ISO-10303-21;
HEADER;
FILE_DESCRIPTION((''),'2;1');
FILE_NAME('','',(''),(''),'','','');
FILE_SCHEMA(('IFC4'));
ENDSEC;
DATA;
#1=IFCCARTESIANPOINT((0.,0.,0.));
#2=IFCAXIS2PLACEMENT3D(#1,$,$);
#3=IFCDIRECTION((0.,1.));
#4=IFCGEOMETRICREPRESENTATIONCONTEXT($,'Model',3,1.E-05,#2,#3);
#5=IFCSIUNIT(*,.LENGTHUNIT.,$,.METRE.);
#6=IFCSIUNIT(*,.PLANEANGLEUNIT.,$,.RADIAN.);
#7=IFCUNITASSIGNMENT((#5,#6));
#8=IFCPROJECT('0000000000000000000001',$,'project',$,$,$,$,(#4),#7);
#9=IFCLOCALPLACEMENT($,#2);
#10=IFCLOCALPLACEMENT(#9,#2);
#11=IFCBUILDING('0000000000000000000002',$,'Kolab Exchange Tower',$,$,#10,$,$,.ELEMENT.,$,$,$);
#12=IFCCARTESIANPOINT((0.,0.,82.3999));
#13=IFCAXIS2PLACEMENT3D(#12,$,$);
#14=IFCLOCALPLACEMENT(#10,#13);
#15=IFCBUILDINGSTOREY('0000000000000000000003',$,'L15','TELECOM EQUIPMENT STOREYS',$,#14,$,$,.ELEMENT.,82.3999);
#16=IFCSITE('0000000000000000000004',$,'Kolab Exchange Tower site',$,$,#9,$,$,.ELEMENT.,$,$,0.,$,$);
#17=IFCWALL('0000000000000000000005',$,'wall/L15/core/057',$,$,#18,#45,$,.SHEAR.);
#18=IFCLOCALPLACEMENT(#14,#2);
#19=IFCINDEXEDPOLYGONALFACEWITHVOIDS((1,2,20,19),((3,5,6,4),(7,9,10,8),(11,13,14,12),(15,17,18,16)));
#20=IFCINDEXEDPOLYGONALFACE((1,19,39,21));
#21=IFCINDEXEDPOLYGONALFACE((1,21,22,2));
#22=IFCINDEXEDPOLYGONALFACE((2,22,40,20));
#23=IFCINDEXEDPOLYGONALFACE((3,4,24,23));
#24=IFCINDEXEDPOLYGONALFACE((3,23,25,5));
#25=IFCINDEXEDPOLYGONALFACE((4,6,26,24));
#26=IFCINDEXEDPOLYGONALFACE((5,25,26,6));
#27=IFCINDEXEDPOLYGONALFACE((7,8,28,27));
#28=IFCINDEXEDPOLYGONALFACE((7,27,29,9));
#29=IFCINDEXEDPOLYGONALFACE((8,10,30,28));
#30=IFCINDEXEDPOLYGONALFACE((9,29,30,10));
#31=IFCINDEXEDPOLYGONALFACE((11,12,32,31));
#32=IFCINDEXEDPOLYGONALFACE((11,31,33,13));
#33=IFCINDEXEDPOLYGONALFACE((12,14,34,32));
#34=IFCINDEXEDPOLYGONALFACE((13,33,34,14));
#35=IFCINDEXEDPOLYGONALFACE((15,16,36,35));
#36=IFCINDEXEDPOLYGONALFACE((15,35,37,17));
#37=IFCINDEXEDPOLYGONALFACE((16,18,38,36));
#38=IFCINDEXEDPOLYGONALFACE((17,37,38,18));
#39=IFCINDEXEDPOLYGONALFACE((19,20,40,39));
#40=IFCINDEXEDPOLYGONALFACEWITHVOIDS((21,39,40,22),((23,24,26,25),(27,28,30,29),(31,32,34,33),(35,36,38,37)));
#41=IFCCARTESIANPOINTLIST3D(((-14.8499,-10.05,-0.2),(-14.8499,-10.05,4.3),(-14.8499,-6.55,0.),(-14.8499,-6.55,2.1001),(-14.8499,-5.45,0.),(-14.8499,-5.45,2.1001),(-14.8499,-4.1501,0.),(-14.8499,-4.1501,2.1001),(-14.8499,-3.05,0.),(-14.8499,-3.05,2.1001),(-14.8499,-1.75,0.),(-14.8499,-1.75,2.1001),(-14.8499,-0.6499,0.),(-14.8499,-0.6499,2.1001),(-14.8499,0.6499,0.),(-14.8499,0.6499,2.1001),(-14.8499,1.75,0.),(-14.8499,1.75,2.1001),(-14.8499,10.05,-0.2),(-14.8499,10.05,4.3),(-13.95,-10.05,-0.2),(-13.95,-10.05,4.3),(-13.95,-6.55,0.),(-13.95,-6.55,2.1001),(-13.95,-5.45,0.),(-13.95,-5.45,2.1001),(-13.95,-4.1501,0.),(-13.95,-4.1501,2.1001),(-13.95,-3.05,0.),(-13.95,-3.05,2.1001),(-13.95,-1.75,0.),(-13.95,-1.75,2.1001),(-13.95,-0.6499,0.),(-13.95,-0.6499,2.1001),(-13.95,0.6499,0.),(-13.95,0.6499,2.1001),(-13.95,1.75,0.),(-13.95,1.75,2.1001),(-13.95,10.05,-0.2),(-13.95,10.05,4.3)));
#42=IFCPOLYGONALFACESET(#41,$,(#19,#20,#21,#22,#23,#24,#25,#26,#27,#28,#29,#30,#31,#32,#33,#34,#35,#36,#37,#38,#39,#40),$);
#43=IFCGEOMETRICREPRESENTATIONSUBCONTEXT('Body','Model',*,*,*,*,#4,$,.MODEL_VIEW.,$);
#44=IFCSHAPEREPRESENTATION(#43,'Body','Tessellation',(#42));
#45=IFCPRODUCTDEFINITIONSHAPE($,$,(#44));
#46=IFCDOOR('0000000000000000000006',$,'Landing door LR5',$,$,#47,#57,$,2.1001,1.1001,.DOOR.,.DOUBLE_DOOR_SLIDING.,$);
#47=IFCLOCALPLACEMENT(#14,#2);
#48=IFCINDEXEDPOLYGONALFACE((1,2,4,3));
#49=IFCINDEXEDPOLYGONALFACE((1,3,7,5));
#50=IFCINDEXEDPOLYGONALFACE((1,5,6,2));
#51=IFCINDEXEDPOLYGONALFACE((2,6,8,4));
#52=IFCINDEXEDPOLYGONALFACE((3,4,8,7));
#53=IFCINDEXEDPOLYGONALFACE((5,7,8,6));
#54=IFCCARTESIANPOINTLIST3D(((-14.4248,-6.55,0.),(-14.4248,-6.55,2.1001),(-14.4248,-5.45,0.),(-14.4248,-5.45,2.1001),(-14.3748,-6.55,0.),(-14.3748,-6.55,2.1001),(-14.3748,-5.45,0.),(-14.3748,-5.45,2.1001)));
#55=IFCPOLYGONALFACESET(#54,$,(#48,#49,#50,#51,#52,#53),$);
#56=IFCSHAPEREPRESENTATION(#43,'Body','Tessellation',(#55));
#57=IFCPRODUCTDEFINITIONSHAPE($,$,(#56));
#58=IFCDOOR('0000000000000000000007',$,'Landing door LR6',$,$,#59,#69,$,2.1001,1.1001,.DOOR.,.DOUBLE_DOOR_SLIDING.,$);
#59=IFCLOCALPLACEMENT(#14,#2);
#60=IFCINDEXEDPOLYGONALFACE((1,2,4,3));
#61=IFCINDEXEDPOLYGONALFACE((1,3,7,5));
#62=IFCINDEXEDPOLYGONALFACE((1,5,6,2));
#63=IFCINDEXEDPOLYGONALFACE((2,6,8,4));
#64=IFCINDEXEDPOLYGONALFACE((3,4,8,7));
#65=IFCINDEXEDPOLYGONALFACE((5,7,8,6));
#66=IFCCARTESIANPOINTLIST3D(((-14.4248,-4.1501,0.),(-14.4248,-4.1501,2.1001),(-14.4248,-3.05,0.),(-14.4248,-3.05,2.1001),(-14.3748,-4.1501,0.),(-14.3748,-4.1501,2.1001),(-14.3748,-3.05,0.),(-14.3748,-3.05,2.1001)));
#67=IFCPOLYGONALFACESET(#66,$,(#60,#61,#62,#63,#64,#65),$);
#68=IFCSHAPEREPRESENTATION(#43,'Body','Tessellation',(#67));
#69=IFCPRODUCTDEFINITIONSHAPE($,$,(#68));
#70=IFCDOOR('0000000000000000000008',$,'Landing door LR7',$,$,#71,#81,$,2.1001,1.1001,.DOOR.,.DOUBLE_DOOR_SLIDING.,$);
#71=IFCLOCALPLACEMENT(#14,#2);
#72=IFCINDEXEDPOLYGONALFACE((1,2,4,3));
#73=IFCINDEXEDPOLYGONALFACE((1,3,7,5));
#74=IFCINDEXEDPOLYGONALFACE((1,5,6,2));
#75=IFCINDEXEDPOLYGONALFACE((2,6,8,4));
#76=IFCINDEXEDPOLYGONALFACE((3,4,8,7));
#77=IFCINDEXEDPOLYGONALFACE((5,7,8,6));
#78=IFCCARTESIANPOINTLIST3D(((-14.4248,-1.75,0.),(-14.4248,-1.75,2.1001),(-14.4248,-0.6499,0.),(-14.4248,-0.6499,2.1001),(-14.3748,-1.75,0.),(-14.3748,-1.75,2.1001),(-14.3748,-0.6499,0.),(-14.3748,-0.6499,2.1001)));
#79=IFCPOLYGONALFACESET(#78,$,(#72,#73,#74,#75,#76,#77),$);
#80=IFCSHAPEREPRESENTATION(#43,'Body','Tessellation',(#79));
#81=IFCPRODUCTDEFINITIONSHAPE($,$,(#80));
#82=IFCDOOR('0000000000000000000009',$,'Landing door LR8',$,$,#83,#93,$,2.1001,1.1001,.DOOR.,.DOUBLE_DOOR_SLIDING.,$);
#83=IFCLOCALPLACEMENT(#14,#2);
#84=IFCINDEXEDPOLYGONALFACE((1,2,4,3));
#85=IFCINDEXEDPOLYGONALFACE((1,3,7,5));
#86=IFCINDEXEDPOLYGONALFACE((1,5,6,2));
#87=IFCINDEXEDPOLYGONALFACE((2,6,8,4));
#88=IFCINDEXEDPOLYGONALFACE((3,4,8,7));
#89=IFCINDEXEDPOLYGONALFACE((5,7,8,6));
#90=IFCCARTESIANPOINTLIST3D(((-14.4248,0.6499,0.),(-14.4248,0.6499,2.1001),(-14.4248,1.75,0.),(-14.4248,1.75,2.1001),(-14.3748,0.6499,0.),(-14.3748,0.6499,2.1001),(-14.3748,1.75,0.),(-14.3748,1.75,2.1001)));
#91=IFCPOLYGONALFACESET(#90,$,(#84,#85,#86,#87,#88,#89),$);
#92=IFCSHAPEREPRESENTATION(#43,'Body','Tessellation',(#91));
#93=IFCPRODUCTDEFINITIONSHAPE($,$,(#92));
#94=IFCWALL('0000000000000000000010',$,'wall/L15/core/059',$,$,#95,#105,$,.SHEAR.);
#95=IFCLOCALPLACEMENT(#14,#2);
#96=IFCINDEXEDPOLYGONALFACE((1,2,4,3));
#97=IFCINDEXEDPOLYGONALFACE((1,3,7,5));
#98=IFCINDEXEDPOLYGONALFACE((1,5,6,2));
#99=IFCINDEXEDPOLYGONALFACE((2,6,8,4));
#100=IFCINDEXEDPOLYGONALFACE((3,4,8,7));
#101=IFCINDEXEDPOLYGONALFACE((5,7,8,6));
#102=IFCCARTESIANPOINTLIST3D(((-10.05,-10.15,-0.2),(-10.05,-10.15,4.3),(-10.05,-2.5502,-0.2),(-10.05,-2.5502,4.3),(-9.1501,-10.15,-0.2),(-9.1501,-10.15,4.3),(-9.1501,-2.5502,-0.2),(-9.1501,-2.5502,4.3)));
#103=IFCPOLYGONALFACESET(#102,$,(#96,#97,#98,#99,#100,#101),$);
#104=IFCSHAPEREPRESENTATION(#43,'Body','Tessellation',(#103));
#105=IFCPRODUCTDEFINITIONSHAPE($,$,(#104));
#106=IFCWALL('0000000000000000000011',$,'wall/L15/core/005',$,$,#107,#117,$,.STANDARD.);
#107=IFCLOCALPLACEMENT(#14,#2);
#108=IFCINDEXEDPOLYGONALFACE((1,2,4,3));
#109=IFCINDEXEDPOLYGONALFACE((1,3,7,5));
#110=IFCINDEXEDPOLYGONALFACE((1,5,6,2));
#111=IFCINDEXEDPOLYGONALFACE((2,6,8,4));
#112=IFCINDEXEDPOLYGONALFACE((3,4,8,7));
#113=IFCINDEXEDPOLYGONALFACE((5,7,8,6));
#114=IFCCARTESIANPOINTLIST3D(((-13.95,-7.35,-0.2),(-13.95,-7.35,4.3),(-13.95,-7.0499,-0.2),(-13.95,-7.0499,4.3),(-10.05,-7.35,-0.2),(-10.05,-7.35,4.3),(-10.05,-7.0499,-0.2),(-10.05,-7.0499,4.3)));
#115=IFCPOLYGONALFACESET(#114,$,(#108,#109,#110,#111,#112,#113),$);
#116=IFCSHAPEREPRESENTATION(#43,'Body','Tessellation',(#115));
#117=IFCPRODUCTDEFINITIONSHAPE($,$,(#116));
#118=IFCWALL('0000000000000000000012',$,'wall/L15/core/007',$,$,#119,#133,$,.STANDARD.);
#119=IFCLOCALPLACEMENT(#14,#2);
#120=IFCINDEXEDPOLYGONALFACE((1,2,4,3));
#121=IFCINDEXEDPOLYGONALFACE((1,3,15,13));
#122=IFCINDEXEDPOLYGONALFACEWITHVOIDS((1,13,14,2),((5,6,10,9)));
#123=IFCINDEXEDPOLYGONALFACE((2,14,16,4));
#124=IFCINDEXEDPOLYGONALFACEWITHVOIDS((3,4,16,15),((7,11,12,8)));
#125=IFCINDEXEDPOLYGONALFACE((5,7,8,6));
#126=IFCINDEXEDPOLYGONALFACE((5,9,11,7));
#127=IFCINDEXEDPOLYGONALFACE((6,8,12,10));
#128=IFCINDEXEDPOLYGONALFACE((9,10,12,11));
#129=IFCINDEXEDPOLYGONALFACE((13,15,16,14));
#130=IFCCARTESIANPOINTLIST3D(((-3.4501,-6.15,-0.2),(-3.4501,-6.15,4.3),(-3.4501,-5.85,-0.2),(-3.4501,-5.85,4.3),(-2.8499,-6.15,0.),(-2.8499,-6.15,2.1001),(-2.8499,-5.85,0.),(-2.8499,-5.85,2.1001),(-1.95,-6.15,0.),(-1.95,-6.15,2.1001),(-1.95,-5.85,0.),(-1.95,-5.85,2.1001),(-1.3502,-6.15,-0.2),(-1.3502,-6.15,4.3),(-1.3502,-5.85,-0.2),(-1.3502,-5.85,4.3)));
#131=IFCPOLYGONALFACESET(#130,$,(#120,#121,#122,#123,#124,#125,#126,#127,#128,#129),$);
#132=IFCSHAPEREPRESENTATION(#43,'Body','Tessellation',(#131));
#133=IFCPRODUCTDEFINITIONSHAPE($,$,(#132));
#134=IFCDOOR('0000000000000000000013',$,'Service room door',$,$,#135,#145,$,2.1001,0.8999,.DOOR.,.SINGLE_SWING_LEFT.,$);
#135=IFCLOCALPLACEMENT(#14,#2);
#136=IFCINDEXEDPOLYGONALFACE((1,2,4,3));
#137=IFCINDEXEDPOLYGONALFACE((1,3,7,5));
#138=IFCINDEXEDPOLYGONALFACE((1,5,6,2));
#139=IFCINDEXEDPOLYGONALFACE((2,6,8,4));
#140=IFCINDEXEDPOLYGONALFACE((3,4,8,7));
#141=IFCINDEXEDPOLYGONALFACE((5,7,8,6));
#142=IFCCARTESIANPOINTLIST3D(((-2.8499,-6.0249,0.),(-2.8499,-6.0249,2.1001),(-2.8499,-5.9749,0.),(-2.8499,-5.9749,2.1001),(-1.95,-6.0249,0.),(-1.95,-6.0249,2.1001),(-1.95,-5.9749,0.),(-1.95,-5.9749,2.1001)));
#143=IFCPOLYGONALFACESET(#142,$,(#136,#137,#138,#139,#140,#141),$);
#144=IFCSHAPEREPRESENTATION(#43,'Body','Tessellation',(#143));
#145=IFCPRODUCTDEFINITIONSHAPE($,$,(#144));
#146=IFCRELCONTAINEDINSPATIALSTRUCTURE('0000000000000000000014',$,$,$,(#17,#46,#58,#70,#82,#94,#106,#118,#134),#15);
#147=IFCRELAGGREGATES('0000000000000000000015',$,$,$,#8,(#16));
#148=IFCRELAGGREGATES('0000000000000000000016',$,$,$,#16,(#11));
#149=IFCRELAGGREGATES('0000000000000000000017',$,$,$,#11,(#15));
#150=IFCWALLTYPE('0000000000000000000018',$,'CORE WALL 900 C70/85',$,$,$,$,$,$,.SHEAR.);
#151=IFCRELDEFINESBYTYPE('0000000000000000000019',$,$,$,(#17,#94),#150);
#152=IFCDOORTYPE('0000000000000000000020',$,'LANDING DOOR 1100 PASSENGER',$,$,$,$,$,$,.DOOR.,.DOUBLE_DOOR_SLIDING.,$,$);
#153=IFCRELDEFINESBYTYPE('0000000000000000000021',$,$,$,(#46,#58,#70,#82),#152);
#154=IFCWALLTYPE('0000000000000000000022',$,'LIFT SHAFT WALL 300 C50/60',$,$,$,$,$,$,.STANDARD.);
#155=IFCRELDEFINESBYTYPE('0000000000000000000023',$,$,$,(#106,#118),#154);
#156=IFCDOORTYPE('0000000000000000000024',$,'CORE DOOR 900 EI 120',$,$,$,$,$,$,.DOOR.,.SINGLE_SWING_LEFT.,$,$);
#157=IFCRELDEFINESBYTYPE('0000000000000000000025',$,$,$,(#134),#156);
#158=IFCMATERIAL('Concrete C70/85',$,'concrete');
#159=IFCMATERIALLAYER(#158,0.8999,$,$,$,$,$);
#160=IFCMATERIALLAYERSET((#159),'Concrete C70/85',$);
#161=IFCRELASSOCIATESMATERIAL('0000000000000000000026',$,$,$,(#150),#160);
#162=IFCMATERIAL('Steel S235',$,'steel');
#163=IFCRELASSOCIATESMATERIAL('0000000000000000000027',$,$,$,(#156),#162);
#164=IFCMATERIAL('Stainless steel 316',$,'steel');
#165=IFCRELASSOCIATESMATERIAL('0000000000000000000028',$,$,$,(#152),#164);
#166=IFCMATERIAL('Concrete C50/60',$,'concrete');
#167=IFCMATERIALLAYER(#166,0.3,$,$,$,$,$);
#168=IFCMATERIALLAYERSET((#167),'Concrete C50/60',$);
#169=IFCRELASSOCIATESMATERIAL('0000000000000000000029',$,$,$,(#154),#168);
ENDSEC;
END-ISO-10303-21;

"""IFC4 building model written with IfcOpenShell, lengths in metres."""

from ifc_helpers import new_model, si_unit, direction, frame, frame_2d, origin, place, context, subcontext, project, spatial, rectangle, extrude, material, layer, layer_set, type_object, element, fill, save


model = new_model("IFC4")

# Units and contexts
model_context = context("Model", 3, precision=1e-05, world=origin(), true_north=direction((0.0, 1.0)))
body_context = subcontext(model_context, "Body", "Model", "MODEL_VIEW")
ifc_project = project(units=[si_unit("LENGTHUNIT", "METRE"), si_unit("PLANEANGLEUNIT", "RADIAN")], contexts=[model_context])

# Site, building, storey
site_placement = place(None, origin())
site = spatial("IfcSite", under=ifc_project, at=site_placement, Name="Kolab Exchange Tower site", CompositionType="ELEMENT", RefElevation=0.0)
building_placement = place(site_placement, origin())
building = spatial("IfcBuilding", under=site, at=building_placement, Name="Kolab Exchange Tower", CompositionType="ELEMENT")
storey_placement = place(building_placement, frame((0.0, 0.0, 82.3999)))
storey = spatial("IfcBuildingStorey", under=building, at=storey_placement, Name="L15", Description="TELECOM EQUIPMENT STOREYS", CompositionType="ELEMENT", Elevation=82.3999)

# Shared definitions
ifc_material_1 = material(Name="Concrete C70/85", Category="concrete")
ifc_layer_1 = layer(ifc_material_1, 0.8999)
ifc_layer_set_1 = layer_set([ifc_layer_1], Name="Concrete C70/85")
wall_type_1 = type_object("IfcWallType", Name="CORE WALL 900 C70/85", PredefinedType="SHEAR", material=ifc_layer_set_1)
ifc_material_2 = material(Name="Steel S235", Category="steel")
door_type_1 = type_object("IfcDoorType", Name="CORE DOOR 900 EI 120", OperationType="SINGLE_SWING_LEFT", PredefinedType="DOOR", material=ifc_material_2)

# Wall, openings, doors
wall_1_placement = place(storey_placement, frame((-14.3999, -10.05, -0.2), z_axis=(0.0, 0.0, 1.0), x_axis=(0.0, 1.0, 0.0)))
wall_1 = element("IfcWall", 1, at=wall_1_placement, inside=storey, type_object=wall_type_1, Name="wall/L15/core/057", PredefinedType="SHEAR", context=body_context, shape_type="SweptSolid", body=[
    extrude(rectangle(XDim=20.1001, YDim=0.8999, at=frame_2d((10.05, 0.0))), origin(), (0.0, 0.0, 1.0), 4.5),
])
opening_1_placement = place(wall_1_placement, frame((3.5, 0.0, 0.2)))
opening_1 = element("IfcOpeningElement", 2, at=opening_1_placement, cuts=wall_1, PredefinedType="OPENING", context=body_context, shape_type="SweptSolid", body=[
    extrude(rectangle(XDim=1.1001, YDim=2.1001, at=frame_2d((0.55, 1.05))), frame((0.0, 0.46, 0.0), z_axis=(0.0, -1.0, 0.0), x_axis=(1.0, 0.0, 0.0)), (0.0, 0.0, 1.0), 0.9199),
])
opening_2_placement = place(wall_1_placement, frame((5.8999, 0.0, 0.2)))
opening_2 = element("IfcOpeningElement", 3, at=opening_2_placement, cuts=wall_1, PredefinedType="OPENING", context=body_context, shape_type="SweptSolid", body=[
    extrude(rectangle(XDim=1.1001, YDim=2.1001, at=frame_2d((0.55, 1.05))), frame((0.0, 0.46, 0.0), z_axis=(0.0, -1.0, 0.0), x_axis=(1.0, 0.0, 0.0)), (0.0, 0.0, 1.0), 0.9199),
])
opening_3_placement = place(wall_1_placement, frame((8.3, 0.0, 0.2)))
opening_3 = element("IfcOpeningElement", 4, at=opening_3_placement, cuts=wall_1, PredefinedType="OPENING", context=body_context, shape_type="SweptSolid", body=[
    extrude(rectangle(XDim=1.1001, YDim=2.1001, at=frame_2d((0.55, 1.05))), frame((0.0, 0.46, 0.0), z_axis=(0.0, -1.0, 0.0), x_axis=(1.0, 0.0, 0.0)), (0.0, 0.0, 1.0), 0.9199),
])
opening_4_placement = place(wall_1_placement, frame((10.7, 0.0, 0.2)))
opening_4 = element("IfcOpeningElement", 5, at=opening_4_placement, cuts=wall_1, PredefinedType="OPENING", context=body_context, shape_type="SweptSolid", body=[
    extrude(rectangle(XDim=1.1001, YDim=2.1001, at=frame_2d((0.55, 1.05))), frame((0.0, 0.46, 0.0), z_axis=(0.0, -1.0, 0.0), x_axis=(1.0, 0.0, 0.0)), (0.0, 0.0, 1.0), 0.9199),
])
ifc_material_3 = material(Name="Stainless steel 316", Category="steel")
door_type_2 = type_object("IfcDoorType", Name="LANDING DOOR 1100 PASSENGER", OperationType="DOUBLE_DOOR_SLIDING", PredefinedType="DOOR", material=ifc_material_3)
door_1_placement = place(opening_1_placement, origin())
door_1 = element("IfcDoor", 6, at=door_1_placement, inside=storey, type_object=door_type_2, Name="Landing door LR5", OperationType="DOUBLE_DOOR_SLIDING", OverallHeight=2.1001, OverallWidth=1.1001, PredefinedType="DOOR", context=body_context, shape_type="SweptSolid", body=[
    extrude(rectangle(XDim=1.1001, YDim=2.1001, at=frame_2d((0.55, 1.05))), frame((0.0, 0.0249, 0.0), z_axis=(0.0, -1.0, 0.0), x_axis=(1.0, 0.0, 0.0)), (0.0, 0.0, 1.0), 0.05),
])
fill(opening_1, door_1)
door_2_placement = place(opening_2_placement, origin())
door_2 = element("IfcDoor", 7, at=door_2_placement, inside=storey, type_object=door_type_2, Name="Landing door LR6", OperationType="DOUBLE_DOOR_SLIDING", OverallHeight=2.1001, OverallWidth=1.1001, PredefinedType="DOOR", context=body_context, shape_type="SweptSolid", body=[
    extrude(rectangle(XDim=1.1001, YDim=2.1001, at=frame_2d((0.55, 1.05))), frame((0.0, 0.0249, 0.0), z_axis=(0.0, -1.0, 0.0), x_axis=(1.0, 0.0, 0.0)), (0.0, 0.0, 1.0), 0.05),
])
fill(opening_2, door_2)
door_3_placement = place(opening_3_placement, origin())
door_3 = element("IfcDoor", 8, at=door_3_placement, inside=storey, type_object=door_type_2, Name="Landing door LR7", OperationType="DOUBLE_DOOR_SLIDING", OverallHeight=2.1001, OverallWidth=1.1001, PredefinedType="DOOR", context=body_context, shape_type="SweptSolid", body=[
    extrude(rectangle(XDim=1.1001, YDim=2.1001, at=frame_2d((0.55, 1.05))), frame((0.0, 0.0249, 0.0), z_axis=(0.0, -1.0, 0.0), x_axis=(1.0, 0.0, 0.0)), (0.0, 0.0, 1.0), 0.05),
])
fill(opening_3, door_3)
door_4_placement = place(opening_4_placement, origin())
door_4 = element("IfcDoor", 9, at=door_4_placement, inside=storey, type_object=door_type_2, Name="Landing door LR8", OperationType="DOUBLE_DOOR_SLIDING", OverallHeight=2.1001, OverallWidth=1.1001, PredefinedType="DOOR", context=body_context, shape_type="SweptSolid", body=[
    extrude(rectangle(XDim=1.1001, YDim=2.1001, at=frame_2d((0.55, 1.05))), frame((0.0, 0.0249, 0.0), z_axis=(0.0, -1.0, 0.0), x_axis=(1.0, 0.0, 0.0)), (0.0, 0.0, 1.0), 0.05),
])
fill(opening_4, door_4)

# Walls
wall_2_placement = place(storey_placement, frame((-9.6001, -10.1499, -0.2), z_axis=(0.0, 0.0, 1.0), x_axis=(0.0, 1.0, 0.0)))
element("IfcWall", 10, at=wall_2_placement, inside=storey, type_object=wall_type_1, Name="wall/L15/core/059", PredefinedType="SHEAR", context=body_context, shape_type="SweptSolid", body=[
    extrude(rectangle(XDim=7.5999, YDim=0.8999, at=frame_2d((3.7998, 0.0))), origin(), (0.0, 0.0, 1.0), 4.5),
])
ifc_material_4 = material(Name="Concrete C50/60", Category="concrete")
ifc_layer_2 = layer(ifc_material_4, 0.3)
ifc_layer_set_2 = layer_set([ifc_layer_2], Name="Concrete C50/60")
wall_type_2 = type_object("IfcWallType", Name="LIFT SHAFT WALL 300 C50/60", PredefinedType="STANDARD", material=ifc_layer_set_2)
wall_3_placement = place(storey_placement, frame((-13.95, -7.2, -0.2), z_axis=(0.0, 0.0, 1.0), x_axis=(1.0, 0.0, 0.0)))
element("IfcWall", 11, at=wall_3_placement, inside=storey, type_object=wall_type_2, Name="wall/L15/core/005", PredefinedType="STANDARD", context=body_context, shape_type="SweptSolid", body=[
    extrude(rectangle(XDim=3.8999, YDim=0.3, at=frame_2d((1.95, 0.0))), origin(), (0.0, 0.0, 1.0), 4.5),
])

# Wall, opening, door
wall_4_placement = place(storey_placement, frame((-3.45, -6.0, -0.2), z_axis=(0.0, 0.0, 1.0), x_axis=(1.0, 0.0, 0.0)))
wall_4 = element("IfcWall", 12, at=wall_4_placement, inside=storey, type_object=wall_type_2, Name="wall/L15/core/007", PredefinedType="STANDARD", context=body_context, shape_type="SweptSolid", body=[
    extrude(rectangle(XDim=2.0999, YDim=0.3, at=frame_2d((1.0498, 0.0))), origin(), (0.0, 0.0, 1.0), 4.5),
])
opening_5_placement = place(wall_4_placement, frame((0.6001, 0.0, 0.2)))
opening_5 = element("IfcOpeningElement", 13, at=opening_5_placement, cuts=wall_4, PredefinedType="OPENING", context=body_context, shape_type="SweptSolid", body=[
    extrude(rectangle(XDim=0.8999, YDim=2.1001, at=frame_2d((0.45, 1.05))), frame((0.0, 0.1602, 0.0), z_axis=(0.0, -1.0, 0.0), x_axis=(1.0, 0.0, 0.0)), (0.0, 0.0, 1.0), 0.3201),
])
door_5_placement = place(opening_5_placement, frame((0.8999, 0.0, 0.0), z_axis=(0.0, 0.0, 1.0), x_axis=(-1.0, 0.0, 0.0)))
door_5 = element("IfcDoor", 14, at=door_5_placement, inside=storey, type_object=door_type_1, Name="Service room door", OperationType="SINGLE_SWING_LEFT", OverallHeight=2.1001, OverallWidth=0.8999, PredefinedType="DOOR", context=body_context, shape_type="SweptSolid", body=[
    extrude(rectangle(XDim=0.8999, YDim=2.1001, at=frame_2d((0.45, 1.05))), frame((0.0, 0.0249, 0.0), z_axis=(0.0, -1.0, 0.0), x_axis=(1.0, 0.0, 0.0)), (0.0, 0.0, 1.0), 0.05),
])
fill(opening_5, door_5)

save(model, "model.ifc")
